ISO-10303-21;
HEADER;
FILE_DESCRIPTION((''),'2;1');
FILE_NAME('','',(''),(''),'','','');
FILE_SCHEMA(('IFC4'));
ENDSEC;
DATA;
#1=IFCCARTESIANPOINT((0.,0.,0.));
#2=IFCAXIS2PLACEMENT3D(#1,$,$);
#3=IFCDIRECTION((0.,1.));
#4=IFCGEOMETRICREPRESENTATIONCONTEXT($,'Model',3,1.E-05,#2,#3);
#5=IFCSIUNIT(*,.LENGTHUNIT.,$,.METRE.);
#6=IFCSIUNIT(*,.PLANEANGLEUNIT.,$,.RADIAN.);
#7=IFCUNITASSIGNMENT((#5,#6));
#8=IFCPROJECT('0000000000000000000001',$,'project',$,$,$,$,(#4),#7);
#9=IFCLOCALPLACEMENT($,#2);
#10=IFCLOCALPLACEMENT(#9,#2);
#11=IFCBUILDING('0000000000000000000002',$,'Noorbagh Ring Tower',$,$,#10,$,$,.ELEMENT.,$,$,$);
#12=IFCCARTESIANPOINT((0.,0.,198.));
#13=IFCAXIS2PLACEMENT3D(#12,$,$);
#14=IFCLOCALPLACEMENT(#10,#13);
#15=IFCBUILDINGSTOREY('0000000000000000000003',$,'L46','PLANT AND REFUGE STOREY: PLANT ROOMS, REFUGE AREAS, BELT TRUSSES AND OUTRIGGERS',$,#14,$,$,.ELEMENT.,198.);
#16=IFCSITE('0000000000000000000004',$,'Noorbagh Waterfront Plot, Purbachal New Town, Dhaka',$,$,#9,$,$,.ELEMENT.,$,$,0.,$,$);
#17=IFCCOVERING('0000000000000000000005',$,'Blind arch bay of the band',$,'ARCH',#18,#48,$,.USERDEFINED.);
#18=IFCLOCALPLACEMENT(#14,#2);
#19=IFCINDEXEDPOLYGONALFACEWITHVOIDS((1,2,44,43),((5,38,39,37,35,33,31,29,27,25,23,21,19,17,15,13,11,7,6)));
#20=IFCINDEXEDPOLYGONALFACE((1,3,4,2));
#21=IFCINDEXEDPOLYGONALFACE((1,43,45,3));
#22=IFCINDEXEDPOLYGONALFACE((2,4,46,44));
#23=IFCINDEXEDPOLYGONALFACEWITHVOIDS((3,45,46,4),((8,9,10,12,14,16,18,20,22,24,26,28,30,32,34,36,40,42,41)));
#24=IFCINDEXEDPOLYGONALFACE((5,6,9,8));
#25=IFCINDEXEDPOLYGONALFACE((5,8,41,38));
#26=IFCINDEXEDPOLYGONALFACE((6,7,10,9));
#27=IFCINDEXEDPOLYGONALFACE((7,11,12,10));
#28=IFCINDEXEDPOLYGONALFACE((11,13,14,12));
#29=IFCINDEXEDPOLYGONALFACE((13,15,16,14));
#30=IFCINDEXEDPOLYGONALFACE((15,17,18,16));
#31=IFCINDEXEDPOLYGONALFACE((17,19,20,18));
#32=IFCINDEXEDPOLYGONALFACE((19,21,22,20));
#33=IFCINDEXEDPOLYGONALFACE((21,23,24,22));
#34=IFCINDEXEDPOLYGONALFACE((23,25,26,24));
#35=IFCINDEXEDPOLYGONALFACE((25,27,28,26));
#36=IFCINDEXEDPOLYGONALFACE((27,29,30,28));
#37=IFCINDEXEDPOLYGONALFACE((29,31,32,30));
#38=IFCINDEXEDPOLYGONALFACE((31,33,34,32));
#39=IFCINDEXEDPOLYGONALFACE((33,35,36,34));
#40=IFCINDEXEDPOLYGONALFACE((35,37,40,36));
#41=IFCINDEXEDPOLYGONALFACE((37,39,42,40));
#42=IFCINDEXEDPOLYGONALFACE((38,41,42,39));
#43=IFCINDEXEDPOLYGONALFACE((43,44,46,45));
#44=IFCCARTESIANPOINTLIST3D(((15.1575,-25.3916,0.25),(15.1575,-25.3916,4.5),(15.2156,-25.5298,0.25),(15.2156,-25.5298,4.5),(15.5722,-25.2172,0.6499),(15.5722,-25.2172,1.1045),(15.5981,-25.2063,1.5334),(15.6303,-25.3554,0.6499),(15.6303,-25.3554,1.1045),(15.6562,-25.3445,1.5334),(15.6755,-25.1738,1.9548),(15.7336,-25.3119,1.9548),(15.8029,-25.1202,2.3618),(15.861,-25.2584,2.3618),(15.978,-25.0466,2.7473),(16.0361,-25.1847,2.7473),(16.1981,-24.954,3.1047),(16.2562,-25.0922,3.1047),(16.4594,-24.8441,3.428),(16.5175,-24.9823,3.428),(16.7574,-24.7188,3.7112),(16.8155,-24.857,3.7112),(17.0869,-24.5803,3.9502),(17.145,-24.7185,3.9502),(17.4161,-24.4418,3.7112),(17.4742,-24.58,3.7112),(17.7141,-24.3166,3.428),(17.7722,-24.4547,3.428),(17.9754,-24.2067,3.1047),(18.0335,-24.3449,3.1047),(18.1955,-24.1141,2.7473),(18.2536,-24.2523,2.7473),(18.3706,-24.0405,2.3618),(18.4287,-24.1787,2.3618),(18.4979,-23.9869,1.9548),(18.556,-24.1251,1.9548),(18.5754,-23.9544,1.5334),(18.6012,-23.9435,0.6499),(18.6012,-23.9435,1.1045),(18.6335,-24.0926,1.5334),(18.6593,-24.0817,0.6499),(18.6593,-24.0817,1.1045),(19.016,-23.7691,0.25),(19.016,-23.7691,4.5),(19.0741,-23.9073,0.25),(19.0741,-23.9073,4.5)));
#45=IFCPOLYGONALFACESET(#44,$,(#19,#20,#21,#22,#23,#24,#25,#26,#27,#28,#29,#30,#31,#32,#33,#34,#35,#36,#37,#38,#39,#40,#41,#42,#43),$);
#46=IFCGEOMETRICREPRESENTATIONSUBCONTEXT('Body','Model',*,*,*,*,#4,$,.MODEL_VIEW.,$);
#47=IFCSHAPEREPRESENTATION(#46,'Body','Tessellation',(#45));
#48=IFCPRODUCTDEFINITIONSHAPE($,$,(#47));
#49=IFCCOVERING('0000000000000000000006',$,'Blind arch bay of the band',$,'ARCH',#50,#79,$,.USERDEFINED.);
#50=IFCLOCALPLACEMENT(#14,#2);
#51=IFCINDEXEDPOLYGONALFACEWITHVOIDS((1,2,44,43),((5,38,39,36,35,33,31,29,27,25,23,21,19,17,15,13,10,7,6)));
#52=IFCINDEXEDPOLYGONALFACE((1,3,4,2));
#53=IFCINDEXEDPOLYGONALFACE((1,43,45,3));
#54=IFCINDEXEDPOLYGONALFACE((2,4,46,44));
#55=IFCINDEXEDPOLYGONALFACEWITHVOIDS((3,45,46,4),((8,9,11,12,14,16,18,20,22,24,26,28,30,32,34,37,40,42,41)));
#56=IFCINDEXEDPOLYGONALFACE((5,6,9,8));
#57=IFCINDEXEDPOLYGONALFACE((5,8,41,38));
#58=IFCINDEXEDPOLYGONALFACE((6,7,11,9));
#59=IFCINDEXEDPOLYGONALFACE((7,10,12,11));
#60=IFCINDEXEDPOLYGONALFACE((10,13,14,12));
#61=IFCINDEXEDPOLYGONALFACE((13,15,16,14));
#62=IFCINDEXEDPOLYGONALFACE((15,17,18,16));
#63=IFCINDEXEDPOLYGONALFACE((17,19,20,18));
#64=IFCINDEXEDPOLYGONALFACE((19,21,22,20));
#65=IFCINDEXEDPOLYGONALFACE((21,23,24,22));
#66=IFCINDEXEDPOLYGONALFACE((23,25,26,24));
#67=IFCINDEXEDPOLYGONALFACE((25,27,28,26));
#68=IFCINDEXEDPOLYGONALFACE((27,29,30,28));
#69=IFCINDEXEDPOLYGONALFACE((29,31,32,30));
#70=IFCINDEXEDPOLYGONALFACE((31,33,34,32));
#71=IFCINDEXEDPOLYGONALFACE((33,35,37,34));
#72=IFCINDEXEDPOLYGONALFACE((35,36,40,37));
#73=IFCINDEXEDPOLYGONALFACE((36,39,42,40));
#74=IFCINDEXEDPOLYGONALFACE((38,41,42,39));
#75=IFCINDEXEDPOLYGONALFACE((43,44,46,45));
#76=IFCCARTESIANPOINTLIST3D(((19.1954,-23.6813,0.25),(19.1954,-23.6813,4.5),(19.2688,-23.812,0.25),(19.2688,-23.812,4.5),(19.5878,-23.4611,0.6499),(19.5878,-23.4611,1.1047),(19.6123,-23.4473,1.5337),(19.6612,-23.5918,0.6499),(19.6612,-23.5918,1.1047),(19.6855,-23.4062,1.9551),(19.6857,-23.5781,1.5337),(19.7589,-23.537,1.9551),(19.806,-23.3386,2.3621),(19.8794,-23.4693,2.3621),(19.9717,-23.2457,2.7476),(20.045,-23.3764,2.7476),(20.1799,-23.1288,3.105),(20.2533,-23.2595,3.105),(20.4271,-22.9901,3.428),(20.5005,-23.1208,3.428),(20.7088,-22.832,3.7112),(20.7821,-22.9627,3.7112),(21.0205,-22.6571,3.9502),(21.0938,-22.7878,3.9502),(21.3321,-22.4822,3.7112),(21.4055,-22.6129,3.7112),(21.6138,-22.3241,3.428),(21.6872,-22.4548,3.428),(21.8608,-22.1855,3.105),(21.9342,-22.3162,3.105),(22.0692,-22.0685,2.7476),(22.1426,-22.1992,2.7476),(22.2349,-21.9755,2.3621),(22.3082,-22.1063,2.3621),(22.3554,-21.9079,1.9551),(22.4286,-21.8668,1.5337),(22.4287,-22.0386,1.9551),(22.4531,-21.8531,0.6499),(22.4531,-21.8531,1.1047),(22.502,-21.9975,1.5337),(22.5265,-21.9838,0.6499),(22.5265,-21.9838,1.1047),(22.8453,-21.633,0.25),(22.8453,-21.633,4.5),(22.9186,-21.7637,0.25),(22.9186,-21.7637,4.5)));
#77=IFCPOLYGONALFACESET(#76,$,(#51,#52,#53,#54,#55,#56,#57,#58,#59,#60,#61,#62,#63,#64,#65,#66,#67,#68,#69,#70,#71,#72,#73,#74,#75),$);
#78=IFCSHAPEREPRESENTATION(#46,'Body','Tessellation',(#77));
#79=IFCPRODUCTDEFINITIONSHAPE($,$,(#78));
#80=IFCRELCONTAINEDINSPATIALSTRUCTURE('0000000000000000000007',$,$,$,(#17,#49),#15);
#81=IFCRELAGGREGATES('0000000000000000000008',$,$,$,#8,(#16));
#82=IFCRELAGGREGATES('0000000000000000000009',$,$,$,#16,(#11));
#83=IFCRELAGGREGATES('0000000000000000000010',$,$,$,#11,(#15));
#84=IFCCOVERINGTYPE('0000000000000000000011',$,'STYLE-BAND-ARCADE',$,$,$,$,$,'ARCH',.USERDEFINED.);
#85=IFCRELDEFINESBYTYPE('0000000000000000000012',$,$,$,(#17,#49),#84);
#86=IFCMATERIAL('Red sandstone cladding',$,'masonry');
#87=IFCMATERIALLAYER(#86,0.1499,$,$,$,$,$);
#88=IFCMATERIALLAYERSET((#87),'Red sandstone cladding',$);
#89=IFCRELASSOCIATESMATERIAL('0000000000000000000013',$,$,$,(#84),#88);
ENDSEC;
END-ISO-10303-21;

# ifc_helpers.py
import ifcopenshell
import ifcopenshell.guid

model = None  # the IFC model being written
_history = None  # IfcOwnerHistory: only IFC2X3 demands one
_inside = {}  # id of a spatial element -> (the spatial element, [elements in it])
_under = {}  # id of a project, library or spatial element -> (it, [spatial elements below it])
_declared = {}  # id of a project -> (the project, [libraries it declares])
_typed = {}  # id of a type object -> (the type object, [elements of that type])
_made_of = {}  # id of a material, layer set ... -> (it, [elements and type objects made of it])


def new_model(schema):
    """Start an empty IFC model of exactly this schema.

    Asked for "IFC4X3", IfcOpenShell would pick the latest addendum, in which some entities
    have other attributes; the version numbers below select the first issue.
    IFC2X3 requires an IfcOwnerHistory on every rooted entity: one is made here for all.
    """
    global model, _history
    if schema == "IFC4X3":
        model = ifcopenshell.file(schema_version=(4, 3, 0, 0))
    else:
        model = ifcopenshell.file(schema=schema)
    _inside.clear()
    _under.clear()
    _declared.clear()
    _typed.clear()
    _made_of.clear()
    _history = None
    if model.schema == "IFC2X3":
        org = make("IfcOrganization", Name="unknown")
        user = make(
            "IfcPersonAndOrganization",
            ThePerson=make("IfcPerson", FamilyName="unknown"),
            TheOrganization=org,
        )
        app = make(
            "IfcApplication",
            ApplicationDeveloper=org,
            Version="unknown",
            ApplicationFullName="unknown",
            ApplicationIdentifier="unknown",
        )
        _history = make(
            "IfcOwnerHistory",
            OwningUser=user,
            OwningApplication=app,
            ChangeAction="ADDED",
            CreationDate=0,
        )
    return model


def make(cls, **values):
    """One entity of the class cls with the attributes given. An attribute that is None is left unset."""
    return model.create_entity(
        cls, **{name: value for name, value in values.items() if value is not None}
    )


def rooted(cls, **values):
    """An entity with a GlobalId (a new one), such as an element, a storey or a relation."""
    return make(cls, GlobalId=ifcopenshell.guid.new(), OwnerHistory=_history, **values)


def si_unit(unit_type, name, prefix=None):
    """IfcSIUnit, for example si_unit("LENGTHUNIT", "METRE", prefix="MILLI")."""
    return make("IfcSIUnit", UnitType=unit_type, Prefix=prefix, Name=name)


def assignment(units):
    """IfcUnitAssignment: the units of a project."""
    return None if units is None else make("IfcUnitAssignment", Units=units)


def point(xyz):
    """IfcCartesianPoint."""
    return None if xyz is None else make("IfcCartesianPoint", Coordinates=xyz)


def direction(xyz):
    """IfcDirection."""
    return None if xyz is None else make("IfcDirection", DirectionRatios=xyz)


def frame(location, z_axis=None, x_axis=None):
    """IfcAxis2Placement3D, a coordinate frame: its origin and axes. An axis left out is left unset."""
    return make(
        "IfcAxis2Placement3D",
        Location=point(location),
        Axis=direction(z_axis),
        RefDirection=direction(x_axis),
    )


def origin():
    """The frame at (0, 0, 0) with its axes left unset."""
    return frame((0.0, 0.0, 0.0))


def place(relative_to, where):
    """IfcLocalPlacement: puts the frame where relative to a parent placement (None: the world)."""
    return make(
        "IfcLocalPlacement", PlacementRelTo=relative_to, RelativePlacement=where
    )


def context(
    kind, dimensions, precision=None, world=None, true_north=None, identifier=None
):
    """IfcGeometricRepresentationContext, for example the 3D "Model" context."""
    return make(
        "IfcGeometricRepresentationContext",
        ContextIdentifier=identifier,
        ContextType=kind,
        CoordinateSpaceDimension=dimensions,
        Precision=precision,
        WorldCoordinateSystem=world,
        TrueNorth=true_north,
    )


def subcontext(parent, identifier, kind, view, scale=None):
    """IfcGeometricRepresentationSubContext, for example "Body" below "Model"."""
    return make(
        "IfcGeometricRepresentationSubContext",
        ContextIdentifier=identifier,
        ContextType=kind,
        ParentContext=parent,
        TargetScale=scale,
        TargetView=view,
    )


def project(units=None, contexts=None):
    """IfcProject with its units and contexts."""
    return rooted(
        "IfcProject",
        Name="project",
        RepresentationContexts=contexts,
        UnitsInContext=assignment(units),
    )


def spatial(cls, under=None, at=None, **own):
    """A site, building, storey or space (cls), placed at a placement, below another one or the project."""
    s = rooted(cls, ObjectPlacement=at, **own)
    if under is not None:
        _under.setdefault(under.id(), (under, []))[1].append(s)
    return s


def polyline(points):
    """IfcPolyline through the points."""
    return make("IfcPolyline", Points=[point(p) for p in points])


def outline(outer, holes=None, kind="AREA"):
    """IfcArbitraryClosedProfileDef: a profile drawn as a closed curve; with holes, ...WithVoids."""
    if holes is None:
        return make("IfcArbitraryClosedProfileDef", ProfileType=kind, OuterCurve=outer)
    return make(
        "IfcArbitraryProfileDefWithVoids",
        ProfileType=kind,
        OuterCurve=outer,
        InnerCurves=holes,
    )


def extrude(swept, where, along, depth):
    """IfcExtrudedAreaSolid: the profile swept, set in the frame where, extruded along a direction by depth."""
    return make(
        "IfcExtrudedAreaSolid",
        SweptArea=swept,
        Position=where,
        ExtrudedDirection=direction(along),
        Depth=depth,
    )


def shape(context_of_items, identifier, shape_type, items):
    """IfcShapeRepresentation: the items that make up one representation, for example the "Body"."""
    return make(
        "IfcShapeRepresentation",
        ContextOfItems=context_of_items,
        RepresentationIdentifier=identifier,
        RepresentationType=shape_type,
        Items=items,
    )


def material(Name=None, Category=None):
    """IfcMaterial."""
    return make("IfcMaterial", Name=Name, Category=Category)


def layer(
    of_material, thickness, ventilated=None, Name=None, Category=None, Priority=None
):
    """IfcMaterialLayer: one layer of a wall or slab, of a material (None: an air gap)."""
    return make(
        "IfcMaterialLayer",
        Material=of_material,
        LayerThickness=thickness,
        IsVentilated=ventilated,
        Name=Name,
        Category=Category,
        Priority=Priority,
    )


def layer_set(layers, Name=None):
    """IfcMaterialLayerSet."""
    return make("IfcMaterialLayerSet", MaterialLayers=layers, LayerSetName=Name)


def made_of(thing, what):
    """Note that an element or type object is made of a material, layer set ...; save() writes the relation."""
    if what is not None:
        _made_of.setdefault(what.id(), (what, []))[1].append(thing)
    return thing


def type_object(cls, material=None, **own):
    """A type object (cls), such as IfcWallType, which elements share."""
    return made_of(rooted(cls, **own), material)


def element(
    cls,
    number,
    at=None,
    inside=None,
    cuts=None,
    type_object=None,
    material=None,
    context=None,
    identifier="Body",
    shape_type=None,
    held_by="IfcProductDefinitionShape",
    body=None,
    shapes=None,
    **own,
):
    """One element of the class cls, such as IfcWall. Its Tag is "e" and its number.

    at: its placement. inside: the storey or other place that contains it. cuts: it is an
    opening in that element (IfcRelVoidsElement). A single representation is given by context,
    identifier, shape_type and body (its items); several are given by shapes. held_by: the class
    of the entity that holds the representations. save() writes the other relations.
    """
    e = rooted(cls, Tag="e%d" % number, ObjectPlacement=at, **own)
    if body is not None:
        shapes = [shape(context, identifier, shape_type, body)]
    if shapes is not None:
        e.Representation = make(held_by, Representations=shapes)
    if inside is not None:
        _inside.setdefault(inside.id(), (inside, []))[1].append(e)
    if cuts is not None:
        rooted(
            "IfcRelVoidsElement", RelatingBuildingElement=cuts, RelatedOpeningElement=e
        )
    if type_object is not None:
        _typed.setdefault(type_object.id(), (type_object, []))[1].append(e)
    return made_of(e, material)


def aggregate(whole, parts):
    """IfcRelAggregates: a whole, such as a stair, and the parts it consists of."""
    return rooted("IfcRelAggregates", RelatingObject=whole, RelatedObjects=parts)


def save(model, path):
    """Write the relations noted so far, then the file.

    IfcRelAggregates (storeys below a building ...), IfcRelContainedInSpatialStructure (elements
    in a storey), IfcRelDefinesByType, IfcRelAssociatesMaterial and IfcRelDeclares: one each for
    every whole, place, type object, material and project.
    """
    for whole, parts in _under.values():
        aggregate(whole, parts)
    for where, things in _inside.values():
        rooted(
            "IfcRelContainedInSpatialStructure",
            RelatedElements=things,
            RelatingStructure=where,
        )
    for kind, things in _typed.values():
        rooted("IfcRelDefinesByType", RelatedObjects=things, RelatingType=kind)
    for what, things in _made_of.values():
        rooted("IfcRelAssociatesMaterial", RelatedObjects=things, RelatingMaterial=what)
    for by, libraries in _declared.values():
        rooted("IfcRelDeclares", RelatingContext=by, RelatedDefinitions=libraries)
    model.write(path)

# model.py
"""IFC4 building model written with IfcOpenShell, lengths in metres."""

from ifc_helpers import new_model, si_unit, direction, frame, origin, place, context, subcontext, project, spatial, polyline, outline, extrude, material, layer, layer_set, type_object, element, save


model = new_model("IFC4")

# Units and contexts
model_context = context("Model", 3, precision=1e-05, world=origin(), true_north=direction((0.0, 1.0)))
body_context = subcontext(model_context, "Body", "Model", "MODEL_VIEW")
ifc_project = project(units=[si_unit("LENGTHUNIT", "METRE"), si_unit("PLANEANGLEUNIT", "RADIAN")], contexts=[model_context])

# Site, building, storey
site_placement = place(None, origin())
site = spatial("IfcSite", under=ifc_project, at=site_placement, Name="Noorbagh Waterfront Plot, Purbachal New Town, Dhaka", CompositionType="ELEMENT", RefElevation=0.0)
building_placement = place(site_placement, origin())
building = spatial("IfcBuilding", under=site, at=building_placement, Name="Noorbagh Ring Tower", CompositionType="ELEMENT")
storey_placement = place(building_placement, frame((0.0, 0.0, 198.0)))
storey = spatial("IfcBuildingStorey", under=building, at=storey_placement, Name="L46", Description="PLANT AND REFUGE STOREY: PLANT ROOMS, REFUGE AREAS, BELT TRUSSES AND OUTRIGGERS", CompositionType="ELEMENT", Elevation=198.0)

# Coverings
ifc_material_1 = material(Name="Red sandstone cladding", Category="masonry")
ifc_layer_1 = layer(ifc_material_1, 0.1499)
ifc_layer_set_1 = layer_set([ifc_layer_1], Name="Red sandstone cladding")
covering_type_1 = type_object("IfcCoveringType", Name="STYLE-BAND-ARCADE", ElementType="ARCH", PredefinedType="USERDEFINED", material=ifc_layer_set_1)
covering_1_placement = place(storey_placement, frame((15.2156, -25.5298, 0.25), z_axis=(0.387624, -0.921818, 0.0), x_axis=(0.921818, 0.387624, 0.0)))
element("IfcCovering", 1, at=covering_1_placement, inside=storey, type_object=covering_type_1, Name="Blind arch bay of the band", ObjectType="ARCH", PredefinedType="USERDEFINED", context=body_context, shape_type="SweptSolid", body=[
    extrude(outline(polyline([(0.0, 0.0), (4.1858, 0.0), (4.1858, 4.25), (0.0, 4.25), (0.0, 0.0)]), holes=[polyline([(0.45, 0.3999), (0.45, 0.8545), (0.478, 1.2834), (0.562, 1.7048), (0.7002, 2.1118), (0.8901, 2.4973), (1.1289, 2.8547), (1.4124, 3.178), (1.7356, 3.4612), (2.093, 3.7002), (2.4502, 3.4612), (2.7734, 3.178), (3.0569, 2.8547), (3.2957, 2.4973), (3.4856, 2.1118), (3.6238, 1.7048), (3.7078, 1.2834), (3.7358, 0.8545), (3.7358, 0.3999), (0.45, 0.3999)])]), origin(), (0.0, 0.0, -1.0), 0.1499),
])
covering_2_placement = place(storey_placement, frame((19.2688, -23.812, 0.25), z_axis=(0.489402, -0.872058, 0.0), x_axis=(0.872058, 0.489402, 0.0)))
element("IfcCovering", 2, at=covering_2_placement, inside=storey, type_object=covering_type_1, Name="Blind arch bay of the band", ObjectType="ARCH", PredefinedType="USERDEFINED", context=body_context, shape_type="SweptSolid", body=[
    extrude(outline(polyline([(0.0, 0.0), (4.1853, 0.0), (4.1853, 4.25), (0.0, 4.25), (0.0, 0.0)]), holes=[polyline([(0.45, 0.3999), (0.45, 0.8547), (0.478, 1.2837), (0.562, 1.7051), (0.7002, 2.1121), (0.8901, 2.4976), (1.1289, 2.855), (1.4124, 3.178), (1.7354, 3.4612), (2.0928, 3.7002), (2.4502, 3.4612), (2.7732, 3.178), (3.0564, 2.855), (3.2954, 2.4976), (3.4854, 2.1121), (3.6235, 1.7051), (3.7075, 1.2837), (3.7356, 0.8547), (3.7356, 0.3999), (0.45, 0.3999)])]), origin(), (0.0, 0.0, -1.0), 0.1499),
])

save(model, "model.ifc")
